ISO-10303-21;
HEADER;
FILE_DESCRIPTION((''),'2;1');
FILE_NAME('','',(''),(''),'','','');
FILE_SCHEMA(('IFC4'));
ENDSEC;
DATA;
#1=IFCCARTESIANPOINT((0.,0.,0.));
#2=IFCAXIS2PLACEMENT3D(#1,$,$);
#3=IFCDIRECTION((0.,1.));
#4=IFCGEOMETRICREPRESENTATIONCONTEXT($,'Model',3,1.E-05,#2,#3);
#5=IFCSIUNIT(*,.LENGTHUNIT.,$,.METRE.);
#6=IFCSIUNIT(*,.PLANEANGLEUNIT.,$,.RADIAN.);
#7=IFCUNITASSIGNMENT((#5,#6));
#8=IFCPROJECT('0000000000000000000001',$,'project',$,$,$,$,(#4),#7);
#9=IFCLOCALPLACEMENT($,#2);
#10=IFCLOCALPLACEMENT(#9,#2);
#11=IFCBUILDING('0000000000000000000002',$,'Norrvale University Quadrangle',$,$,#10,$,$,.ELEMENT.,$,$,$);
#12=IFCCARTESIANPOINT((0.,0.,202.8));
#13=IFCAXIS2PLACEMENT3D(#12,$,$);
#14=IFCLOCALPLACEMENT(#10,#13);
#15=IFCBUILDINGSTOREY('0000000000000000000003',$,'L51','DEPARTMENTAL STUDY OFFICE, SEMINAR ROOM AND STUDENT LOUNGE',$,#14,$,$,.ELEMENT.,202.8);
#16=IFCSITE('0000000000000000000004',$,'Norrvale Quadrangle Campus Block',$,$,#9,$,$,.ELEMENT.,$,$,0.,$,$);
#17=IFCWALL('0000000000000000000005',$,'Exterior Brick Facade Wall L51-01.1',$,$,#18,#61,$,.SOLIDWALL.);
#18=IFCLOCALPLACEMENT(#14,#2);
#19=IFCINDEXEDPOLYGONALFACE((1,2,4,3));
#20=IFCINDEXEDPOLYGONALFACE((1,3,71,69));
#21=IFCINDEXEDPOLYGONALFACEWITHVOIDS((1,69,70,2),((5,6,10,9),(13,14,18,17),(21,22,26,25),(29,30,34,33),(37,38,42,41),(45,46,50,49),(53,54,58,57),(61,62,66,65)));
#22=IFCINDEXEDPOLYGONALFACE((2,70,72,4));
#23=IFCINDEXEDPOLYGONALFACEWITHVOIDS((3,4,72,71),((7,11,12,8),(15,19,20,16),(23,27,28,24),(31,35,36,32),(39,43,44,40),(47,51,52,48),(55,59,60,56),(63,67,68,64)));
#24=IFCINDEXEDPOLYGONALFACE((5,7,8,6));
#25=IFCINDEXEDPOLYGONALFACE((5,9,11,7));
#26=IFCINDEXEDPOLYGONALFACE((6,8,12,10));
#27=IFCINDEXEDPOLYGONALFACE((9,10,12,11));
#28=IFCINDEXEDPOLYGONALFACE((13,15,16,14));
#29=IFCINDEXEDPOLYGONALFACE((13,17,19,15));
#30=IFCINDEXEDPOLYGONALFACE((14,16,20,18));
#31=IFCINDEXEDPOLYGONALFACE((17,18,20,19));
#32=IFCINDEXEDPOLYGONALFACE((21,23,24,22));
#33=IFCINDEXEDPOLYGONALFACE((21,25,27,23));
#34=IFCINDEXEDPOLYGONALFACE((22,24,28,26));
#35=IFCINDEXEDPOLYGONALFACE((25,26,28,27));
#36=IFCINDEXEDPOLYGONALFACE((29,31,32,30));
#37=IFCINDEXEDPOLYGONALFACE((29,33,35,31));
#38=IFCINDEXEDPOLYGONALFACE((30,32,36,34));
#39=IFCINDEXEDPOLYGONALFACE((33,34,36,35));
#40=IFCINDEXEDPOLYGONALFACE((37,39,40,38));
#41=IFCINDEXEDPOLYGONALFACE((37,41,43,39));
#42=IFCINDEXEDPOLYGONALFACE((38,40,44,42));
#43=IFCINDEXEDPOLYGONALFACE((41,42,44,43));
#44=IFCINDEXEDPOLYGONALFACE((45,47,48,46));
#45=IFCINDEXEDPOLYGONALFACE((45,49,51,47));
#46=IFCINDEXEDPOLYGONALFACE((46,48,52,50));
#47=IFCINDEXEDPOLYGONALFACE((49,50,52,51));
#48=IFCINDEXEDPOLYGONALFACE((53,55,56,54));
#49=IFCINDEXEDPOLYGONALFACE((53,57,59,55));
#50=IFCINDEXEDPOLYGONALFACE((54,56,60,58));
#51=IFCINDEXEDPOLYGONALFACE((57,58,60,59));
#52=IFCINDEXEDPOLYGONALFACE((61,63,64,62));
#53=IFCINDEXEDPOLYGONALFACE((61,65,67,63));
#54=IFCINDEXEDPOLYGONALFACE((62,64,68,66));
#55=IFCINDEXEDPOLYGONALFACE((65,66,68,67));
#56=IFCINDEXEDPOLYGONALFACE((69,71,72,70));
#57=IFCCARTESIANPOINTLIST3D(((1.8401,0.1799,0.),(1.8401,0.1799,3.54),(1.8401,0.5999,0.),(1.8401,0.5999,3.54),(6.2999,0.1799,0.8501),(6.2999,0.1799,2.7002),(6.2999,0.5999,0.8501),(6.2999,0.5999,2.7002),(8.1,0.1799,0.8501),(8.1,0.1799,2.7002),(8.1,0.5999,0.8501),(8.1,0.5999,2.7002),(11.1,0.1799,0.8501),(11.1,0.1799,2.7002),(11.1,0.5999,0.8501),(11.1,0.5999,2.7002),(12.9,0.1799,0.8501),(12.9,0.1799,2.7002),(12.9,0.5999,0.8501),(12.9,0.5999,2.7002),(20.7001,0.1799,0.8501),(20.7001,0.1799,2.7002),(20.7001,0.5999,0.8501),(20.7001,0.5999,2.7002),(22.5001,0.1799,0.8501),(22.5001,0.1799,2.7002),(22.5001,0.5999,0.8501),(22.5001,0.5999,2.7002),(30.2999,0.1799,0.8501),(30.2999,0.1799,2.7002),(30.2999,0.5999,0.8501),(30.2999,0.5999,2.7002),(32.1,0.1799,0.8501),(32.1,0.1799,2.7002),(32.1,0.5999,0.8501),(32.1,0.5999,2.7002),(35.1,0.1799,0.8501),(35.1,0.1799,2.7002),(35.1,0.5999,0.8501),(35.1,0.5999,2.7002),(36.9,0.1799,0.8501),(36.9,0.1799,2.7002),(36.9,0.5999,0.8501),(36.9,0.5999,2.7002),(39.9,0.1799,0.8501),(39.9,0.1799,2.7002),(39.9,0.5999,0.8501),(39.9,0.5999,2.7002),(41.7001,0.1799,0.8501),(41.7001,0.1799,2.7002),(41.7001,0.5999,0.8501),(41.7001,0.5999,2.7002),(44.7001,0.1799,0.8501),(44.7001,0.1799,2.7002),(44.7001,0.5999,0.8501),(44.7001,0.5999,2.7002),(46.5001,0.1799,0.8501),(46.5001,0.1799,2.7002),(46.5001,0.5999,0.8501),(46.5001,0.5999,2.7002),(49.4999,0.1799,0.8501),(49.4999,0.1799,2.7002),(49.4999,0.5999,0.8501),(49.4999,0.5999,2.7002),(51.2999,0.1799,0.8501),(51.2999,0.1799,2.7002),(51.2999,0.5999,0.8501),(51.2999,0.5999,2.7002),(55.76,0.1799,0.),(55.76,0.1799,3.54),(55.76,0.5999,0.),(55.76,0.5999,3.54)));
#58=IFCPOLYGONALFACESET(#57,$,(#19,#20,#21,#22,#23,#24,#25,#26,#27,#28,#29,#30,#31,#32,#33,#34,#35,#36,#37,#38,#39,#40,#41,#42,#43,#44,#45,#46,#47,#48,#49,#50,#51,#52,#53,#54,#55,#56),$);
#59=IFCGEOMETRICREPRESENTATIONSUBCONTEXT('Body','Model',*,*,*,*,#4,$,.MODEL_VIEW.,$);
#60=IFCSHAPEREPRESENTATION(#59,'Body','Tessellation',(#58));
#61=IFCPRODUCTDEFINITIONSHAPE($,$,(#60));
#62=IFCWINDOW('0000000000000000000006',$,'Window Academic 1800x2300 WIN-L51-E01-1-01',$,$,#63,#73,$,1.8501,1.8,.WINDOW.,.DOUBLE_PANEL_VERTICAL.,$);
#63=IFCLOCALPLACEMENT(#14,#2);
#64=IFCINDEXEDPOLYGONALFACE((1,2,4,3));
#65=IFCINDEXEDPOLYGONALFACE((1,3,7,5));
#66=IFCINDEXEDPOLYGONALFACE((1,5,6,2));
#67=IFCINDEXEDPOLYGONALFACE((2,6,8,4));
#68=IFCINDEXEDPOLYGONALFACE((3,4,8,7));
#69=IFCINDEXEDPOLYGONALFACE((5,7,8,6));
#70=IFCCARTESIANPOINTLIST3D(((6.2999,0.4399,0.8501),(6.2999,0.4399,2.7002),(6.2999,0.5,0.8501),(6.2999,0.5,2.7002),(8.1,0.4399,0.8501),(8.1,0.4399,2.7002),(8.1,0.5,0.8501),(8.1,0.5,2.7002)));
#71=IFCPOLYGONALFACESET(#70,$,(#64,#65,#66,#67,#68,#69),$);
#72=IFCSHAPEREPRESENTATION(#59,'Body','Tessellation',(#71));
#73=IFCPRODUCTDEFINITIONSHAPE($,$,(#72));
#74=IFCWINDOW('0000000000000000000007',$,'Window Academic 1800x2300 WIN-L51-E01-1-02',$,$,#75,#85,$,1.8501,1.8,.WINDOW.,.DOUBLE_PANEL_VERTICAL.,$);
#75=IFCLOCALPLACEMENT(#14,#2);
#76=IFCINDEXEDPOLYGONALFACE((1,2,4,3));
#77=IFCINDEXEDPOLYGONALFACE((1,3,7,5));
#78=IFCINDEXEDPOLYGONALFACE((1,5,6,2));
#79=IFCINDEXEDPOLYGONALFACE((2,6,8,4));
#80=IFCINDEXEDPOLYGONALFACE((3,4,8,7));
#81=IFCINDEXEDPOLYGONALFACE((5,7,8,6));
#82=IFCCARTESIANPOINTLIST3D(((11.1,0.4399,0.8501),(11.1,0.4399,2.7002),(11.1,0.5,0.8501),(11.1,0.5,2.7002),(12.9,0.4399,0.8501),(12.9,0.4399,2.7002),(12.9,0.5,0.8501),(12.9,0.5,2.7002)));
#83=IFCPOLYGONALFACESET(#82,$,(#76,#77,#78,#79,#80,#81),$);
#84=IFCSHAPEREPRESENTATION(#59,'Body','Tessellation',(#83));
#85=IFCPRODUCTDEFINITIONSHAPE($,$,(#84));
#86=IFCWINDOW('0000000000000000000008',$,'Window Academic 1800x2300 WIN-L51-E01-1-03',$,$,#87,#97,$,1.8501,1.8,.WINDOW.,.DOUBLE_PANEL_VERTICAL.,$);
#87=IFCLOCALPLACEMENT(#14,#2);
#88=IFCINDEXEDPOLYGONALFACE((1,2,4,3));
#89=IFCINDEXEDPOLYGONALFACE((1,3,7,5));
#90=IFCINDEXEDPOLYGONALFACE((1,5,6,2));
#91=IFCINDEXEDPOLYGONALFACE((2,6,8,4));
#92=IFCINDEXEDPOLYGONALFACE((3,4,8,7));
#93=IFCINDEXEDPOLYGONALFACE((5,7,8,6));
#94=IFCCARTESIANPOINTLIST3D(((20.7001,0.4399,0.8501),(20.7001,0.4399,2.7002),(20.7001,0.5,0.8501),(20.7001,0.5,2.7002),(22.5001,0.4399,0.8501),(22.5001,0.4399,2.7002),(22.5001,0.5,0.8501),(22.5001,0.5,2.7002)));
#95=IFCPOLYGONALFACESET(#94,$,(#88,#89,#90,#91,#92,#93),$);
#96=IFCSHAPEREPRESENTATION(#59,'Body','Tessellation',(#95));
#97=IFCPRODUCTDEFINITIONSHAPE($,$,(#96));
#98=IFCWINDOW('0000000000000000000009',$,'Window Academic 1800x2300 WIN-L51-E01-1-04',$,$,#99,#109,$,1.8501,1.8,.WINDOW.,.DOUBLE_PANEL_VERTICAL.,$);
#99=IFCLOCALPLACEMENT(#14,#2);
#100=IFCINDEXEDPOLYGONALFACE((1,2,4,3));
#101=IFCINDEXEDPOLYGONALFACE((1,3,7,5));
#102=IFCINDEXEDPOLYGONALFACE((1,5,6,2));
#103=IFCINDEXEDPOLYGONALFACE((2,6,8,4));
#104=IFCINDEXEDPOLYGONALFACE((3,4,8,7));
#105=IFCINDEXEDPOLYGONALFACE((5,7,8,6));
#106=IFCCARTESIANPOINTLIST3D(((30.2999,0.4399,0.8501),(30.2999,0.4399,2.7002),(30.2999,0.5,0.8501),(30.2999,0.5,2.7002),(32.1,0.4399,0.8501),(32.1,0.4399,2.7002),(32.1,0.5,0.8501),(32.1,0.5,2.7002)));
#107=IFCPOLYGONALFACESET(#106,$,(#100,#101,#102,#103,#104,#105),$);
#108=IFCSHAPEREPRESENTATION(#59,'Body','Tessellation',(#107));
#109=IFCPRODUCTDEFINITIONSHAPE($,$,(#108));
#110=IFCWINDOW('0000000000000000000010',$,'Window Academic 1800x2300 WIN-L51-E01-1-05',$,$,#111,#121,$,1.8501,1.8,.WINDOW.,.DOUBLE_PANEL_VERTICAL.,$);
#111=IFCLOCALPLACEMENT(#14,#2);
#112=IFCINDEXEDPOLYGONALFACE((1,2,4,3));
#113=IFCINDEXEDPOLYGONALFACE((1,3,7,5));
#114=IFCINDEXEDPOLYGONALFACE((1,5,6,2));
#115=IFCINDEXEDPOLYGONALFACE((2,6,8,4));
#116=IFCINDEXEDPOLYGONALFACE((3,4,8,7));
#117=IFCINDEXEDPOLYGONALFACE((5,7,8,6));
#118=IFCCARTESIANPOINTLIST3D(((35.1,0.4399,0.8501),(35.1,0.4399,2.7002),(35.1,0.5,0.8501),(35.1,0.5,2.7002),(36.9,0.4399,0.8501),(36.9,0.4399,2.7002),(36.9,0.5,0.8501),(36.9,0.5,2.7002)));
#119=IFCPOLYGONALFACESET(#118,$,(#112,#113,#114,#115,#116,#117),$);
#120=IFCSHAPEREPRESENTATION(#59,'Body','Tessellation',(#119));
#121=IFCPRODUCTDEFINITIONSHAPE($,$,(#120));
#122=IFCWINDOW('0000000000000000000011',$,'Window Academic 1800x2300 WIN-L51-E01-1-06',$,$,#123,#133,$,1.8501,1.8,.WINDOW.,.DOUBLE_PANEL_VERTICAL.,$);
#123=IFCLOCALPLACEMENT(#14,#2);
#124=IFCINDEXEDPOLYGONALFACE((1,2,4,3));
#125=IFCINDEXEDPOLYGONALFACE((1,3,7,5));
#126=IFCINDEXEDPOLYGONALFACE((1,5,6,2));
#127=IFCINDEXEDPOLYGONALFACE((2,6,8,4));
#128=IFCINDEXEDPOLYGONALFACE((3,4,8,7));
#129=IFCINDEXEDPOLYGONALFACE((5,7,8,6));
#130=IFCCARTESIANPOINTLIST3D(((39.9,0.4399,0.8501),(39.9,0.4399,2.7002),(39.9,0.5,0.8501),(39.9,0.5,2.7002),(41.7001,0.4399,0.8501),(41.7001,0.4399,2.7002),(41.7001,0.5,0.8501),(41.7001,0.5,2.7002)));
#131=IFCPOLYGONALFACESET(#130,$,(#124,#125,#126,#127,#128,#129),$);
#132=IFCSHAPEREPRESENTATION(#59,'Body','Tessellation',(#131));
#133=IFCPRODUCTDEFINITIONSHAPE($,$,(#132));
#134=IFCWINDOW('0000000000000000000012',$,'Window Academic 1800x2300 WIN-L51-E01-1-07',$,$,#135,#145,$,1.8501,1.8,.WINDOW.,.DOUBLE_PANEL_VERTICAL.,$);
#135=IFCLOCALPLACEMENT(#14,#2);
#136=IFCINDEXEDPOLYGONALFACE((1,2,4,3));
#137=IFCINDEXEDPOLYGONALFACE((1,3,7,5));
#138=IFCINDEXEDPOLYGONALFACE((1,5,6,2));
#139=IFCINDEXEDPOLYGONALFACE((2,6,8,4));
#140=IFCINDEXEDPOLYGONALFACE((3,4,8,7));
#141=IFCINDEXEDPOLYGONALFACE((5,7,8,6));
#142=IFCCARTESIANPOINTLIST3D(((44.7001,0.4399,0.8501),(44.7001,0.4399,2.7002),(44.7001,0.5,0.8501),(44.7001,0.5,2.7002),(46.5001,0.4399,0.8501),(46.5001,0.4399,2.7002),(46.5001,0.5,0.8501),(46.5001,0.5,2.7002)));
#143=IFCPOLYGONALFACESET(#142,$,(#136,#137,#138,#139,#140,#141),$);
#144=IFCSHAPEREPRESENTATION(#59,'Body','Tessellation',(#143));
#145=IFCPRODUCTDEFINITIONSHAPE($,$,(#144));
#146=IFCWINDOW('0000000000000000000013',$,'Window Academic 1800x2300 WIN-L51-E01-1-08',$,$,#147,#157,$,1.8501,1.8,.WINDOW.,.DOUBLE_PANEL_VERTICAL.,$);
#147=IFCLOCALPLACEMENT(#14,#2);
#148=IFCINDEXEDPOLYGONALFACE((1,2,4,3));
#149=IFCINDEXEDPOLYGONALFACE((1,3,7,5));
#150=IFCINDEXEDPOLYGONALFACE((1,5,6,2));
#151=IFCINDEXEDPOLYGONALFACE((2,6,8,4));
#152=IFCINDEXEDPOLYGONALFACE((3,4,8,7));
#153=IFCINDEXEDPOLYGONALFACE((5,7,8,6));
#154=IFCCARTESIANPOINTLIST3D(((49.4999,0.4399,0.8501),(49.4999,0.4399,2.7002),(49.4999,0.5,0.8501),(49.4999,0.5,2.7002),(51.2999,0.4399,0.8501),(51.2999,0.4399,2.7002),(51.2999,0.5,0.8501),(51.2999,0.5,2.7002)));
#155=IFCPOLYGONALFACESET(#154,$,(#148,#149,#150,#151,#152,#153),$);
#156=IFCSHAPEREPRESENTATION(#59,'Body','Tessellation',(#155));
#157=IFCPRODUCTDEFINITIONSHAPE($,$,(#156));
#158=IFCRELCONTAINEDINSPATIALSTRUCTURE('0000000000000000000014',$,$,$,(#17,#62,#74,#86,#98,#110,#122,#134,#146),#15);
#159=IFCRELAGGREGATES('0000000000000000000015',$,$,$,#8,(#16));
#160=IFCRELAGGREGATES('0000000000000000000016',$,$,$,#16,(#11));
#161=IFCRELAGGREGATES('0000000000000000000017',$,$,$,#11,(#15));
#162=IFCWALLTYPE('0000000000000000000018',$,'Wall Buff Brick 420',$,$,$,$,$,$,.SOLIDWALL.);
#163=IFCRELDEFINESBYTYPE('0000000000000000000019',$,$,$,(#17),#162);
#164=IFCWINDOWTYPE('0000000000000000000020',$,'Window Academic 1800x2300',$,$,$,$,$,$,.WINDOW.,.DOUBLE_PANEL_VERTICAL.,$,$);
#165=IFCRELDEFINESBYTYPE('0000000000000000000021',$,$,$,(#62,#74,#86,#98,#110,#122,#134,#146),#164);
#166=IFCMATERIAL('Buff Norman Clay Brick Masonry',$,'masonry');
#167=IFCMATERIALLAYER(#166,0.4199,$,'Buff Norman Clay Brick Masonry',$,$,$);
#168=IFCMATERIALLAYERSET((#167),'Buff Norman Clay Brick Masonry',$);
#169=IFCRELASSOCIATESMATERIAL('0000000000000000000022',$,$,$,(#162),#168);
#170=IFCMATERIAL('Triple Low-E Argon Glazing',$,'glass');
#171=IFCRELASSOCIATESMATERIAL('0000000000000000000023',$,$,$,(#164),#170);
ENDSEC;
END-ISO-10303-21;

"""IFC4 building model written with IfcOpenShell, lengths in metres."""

from ifc_helpers import new_model, si_unit, direction, frame, frame_2d, origin, place, context, subcontext, project, spatial, rectangle, extrude, material, layer, layer_set, type_object, element, fill, save


model = new_model("IFC4")

# Units and contexts
model_context = context("Model", 3, precision=1e-05, world=origin(), true_north=direction((0.0, 1.0)))
body_context = subcontext(model_context, "Body", "Model", "MODEL_VIEW")
ifc_project = project(units=[si_unit("LENGTHUNIT", "METRE"), si_unit("PLANEANGLEUNIT", "RADIAN")], contexts=[model_context])

# Site, building, storey
site_placement = place(None, origin())
site = spatial("IfcSite", under=ifc_project, at=site_placement, Name="Norrvale Quadrangle Campus Block", CompositionType="ELEMENT", RefElevation=0.0)
building_placement = place(site_placement, origin())
building = spatial("IfcBuilding", under=site, at=building_placement, Name="Norrvale University Quadrangle", CompositionType="ELEMENT")
storey_placement = place(building_placement, frame((0.0, 0.0, 202.8)))
storey = spatial("IfcBuildingStorey", under=building, at=storey_placement, Name="L51", Description="DEPARTMENTAL STUDY OFFICE, SEMINAR ROOM AND STUDENT LOUNGE", CompositionType="ELEMENT", Elevation=202.8)

# Wall, openings, windows
ifc_material_1 = material(Name="Buff Norman Clay Brick Masonry", Category="masonry")
ifc_layer_1 = layer(ifc_material_1, 0.4199, Name="Buff Norman Clay Brick Masonry")
ifc_layer_set_1 = layer_set([ifc_layer_1], Name="Buff Norman Clay Brick Masonry")
wall_type_1 = type_object("IfcWallType", Name="Wall Buff Brick 420", PredefinedType="SOLIDWALL", material=ifc_layer_set_1)
wall_1_placement = place(storey_placement, frame((1.8401, 0.3899, 0.0), z_axis=(0.0, 0.0, 1.0), x_axis=(1.0, 0.0, 0.0)))
wall_1 = element("IfcWall", 1, at=wall_1_placement, inside=storey, type_object=wall_type_1, Name="Exterior Brick Facade Wall L51-01.1", PredefinedType="SOLIDWALL", context=body_context, shape_type="SweptSolid", body=[
    extrude(rectangle(XDim=53.9199, YDim=0.4199, at=frame_2d((26.96, 0.0))), origin(), (0.0, 0.0, 1.0), 3.54),
])
opening_1_placement = place(wall_1_placement, frame((4.46, 0.0, 0.8501)))
opening_1 = element("IfcOpeningElement", 2, at=opening_1_placement, cuts=wall_1, PredefinedType="OPENING", context=body_context, shape_type="SweptSolid", body=[
    extrude(rectangle(XDim=1.8, YDim=1.8501, at=frame_2d((0.8999, 0.925))), frame((0.0, 0.2219, 0.0), z_axis=(0.0, -1.0, 0.0), x_axis=(1.0, 0.0, 0.0)), (0.0, 0.0, 1.0), 0.4438),
])
opening_2_placement = place(wall_1_placement, frame((9.26, 0.0, 0.8501)))
opening_2 = element("IfcOpeningElement", 3, at=opening_2_placement, cuts=wall_1, PredefinedType="OPENING", context=body_context, shape_type="SweptSolid", body=[
    extrude(rectangle(XDim=1.8, YDim=1.8501, at=frame_2d((0.8999, 0.925))), frame((0.0, 0.2219, 0.0), z_axis=(0.0, -1.0, 0.0), x_axis=(1.0, 0.0, 0.0)), (0.0, 0.0, 1.0), 0.4438),
])
opening_3_placement = place(wall_1_placement, frame((18.8601, 0.0, 0.8501)))
opening_3 = element("IfcOpeningElement", 4, at=opening_3_placement, cuts=wall_1, PredefinedType="OPENING", context=body_context, shape_type="SweptSolid", body=[
    extrude(rectangle(XDim=1.8, YDim=1.8501, at=frame_2d((0.8999, 0.925))), frame((0.0, 0.2219, 0.0), z_axis=(0.0, -1.0, 0.0), x_axis=(1.0, 0.0, 0.0)), (0.0, 0.0, 1.0), 0.4438),
])
opening_4_placement = place(wall_1_placement, frame((28.46, 0.0, 0.8501)))
opening_4 = element("IfcOpeningElement", 5, at=opening_4_placement, cuts=wall_1, PredefinedType="OPENING", context=body_context, shape_type="SweptSolid", body=[
    extrude(rectangle(XDim=1.8, YDim=1.8501, at=frame_2d((0.8999, 0.925))), frame((0.0, 0.2219, 0.0), z_axis=(0.0, -1.0, 0.0), x_axis=(1.0, 0.0, 0.0)), (0.0, 0.0, 1.0), 0.4438),
])
opening_5_placement = place(wall_1_placement, frame((33.26, 0.0, 0.8501)))
opening_5 = element("IfcOpeningElement", 6, at=opening_5_placement, cuts=wall_1, PredefinedType="OPENING", context=body_context, shape_type="SweptSolid", body=[
    extrude(rectangle(XDim=1.8, YDim=1.8501, at=frame_2d((0.8999, 0.925))), frame((0.0, 0.2219, 0.0), z_axis=(0.0, -1.0, 0.0), x_axis=(1.0, 0.0, 0.0)), (0.0, 0.0, 1.0), 0.4438),
])
opening_6_placement = place(wall_1_placement, frame((38.0601, 0.0, 0.8501)))
opening_6 = element("IfcOpeningElement", 7, at=opening_6_placement, cuts=wall_1, PredefinedType="OPENING", context=body_context, shape_type="SweptSolid", body=[
    extrude(rectangle(XDim=1.8, YDim=1.8501, at=frame_2d((0.8999, 0.925))), frame((0.0, 0.2219, 0.0), z_axis=(0.0, -1.0, 0.0), x_axis=(1.0, 0.0, 0.0)), (0.0, 0.0, 1.0), 0.4438),
])
opening_7_placement = place(wall_1_placement, frame((42.8601, 0.0, 0.8501)))
opening_7 = element("IfcOpeningElement", 8, at=opening_7_placement, cuts=wall_1, PredefinedType="OPENING", context=body_context, shape_type="SweptSolid", body=[
    extrude(rectangle(XDim=1.8, YDim=1.8501, at=frame_2d((0.8999, 0.925))), frame((0.0, 0.2219, 0.0), z_axis=(0.0, -1.0, 0.0), x_axis=(1.0, 0.0, 0.0)), (0.0, 0.0, 1.0), 0.4438),
])
opening_8_placement = place(wall_1_placement, frame((47.6599, 0.0, 0.8501)))
opening_8 = element("IfcOpeningElement", 9, at=opening_8_placement, cuts=wall_1, PredefinedType="OPENING", context=body_context, shape_type="SweptSolid", body=[
    extrude(rectangle(XDim=1.8, YDim=1.8501, at=frame_2d((0.8999, 0.925))), frame((0.0, 0.2219, 0.0), z_axis=(0.0, -1.0, 0.0), x_axis=(1.0, 0.0, 0.0)), (0.0, 0.0, 1.0), 0.4438),
])
ifc_material_2 = material(Name="Triple Low-E Argon Glazing", Category="glass")
window_type = type_object("IfcWindowType", Name="Window Academic 1800x2300", PartitioningType="DOUBLE_PANEL_VERTICAL", PredefinedType="WINDOW", material=ifc_material_2)
window_1_placement = place(opening_1_placement, origin())
window_1 = element("IfcWindow", 10, at=window_1_placement, inside=storey, type_object=window_type, Name="Window Academic 1800x2300 WIN-L51-E01-1-01", OverallHeight=1.8501, OverallWidth=1.8, PartitioningType="DOUBLE_PANEL_VERTICAL", PredefinedType="WINDOW", context=body_context, shape_type="SweptSolid", body=[
    extrude(rectangle(XDim=1.8, YDim=1.8501, at=frame_2d((0.8999, 0.925))), frame((0.0, 0.1101, 0.0), z_axis=(0.0, -1.0, 0.0), x_axis=(1.0, 0.0, 0.0)), (0.0, 0.0, 1.0), 0.0601),
])
fill(opening_1, window_1)
window_2_placement = place(opening_2_placement, origin())
window_2 = element("IfcWindow", 11, at=window_2_placement, inside=storey, type_object=window_type, Name="Window Academic 1800x2300 WIN-L51-E01-1-02", OverallHeight=1.8501, OverallWidth=1.8, PartitioningType="DOUBLE_PANEL_VERTICAL", PredefinedType="WINDOW", context=body_context, shape_type="SweptSolid", body=[
    extrude(rectangle(XDim=1.8, YDim=1.8501, at=frame_2d((0.8999, 0.925))), frame((0.0, 0.1101, 0.0), z_axis=(0.0, -1.0, 0.0), x_axis=(1.0, 0.0, 0.0)), (0.0, 0.0, 1.0), 0.0601),
])
fill(opening_2, window_2)
window_3_placement = place(opening_3_placement, origin())
window_3 = element("IfcWindow", 12, at=window_3_placement, inside=storey, type_object=window_type, Name="Window Academic 1800x2300 WIN-L51-E01-1-03", OverallHeight=1.8501, OverallWidth=1.8, PartitioningType="DOUBLE_PANEL_VERTICAL", PredefinedType="WINDOW", context=body_context, shape_type="SweptSolid", body=[
    extrude(rectangle(XDim=1.8, YDim=1.8501, at=frame_2d((0.8999, 0.925))), frame((0.0, 0.1101, 0.0), z_axis=(0.0, -1.0, 0.0), x_axis=(1.0, 0.0, 0.0)), (0.0, 0.0, 1.0), 0.0601),
])
fill(opening_3, window_3)
window_4_placement = place(opening_4_placement, origin())
window_4 = element("IfcWindow", 13, at=window_4_placement, inside=storey, type_object=window_type, Name="Window Academic 1800x2300 WIN-L51-E01-1-04", OverallHeight=1.8501, OverallWidth=1.8, PartitioningType="DOUBLE_PANEL_VERTICAL", PredefinedType="WINDOW", context=body_context, shape_type="SweptSolid", body=[
    extrude(rectangle(XDim=1.8, YDim=1.8501, at=frame_2d((0.8999, 0.925))), frame((0.0, 0.1101, 0.0), z_axis=(0.0, -1.0, 0.0), x_axis=(1.0, 0.0, 0.0)), (0.0, 0.0, 1.0), 0.0601),
])
fill(opening_4, window_4)
window_5_placement = place(opening_5_placement, origin())
window_5 = element("IfcWindow", 14, at=window_5_placement, inside=storey, type_object=window_type, Name="Window Academic 1800x2300 WIN-L51-E01-1-05", OverallHeight=1.8501, OverallWidth=1.8, PartitioningType="DOUBLE_PANEL_VERTICAL", PredefinedType="WINDOW", context=body_context, shape_type="SweptSolid", body=[
    extrude(rectangle(XDim=1.8, YDim=1.8501, at=frame_2d((0.8999, 0.925))), frame((0.0, 0.1101, 0.0), z_axis=(0.0, -1.0, 0.0), x_axis=(1.0, 0.0, 0.0)), (0.0, 0.0, 1.0), 0.0601),
])
fill(opening_5, window_5)
window_6_placement = place(opening_6_placement, origin())
window_6 = element("IfcWindow", 15, at=window_6_placement, inside=storey, type_object=window_type, Name="Window Academic 1800x2300 WIN-L51-E01-1-06", OverallHeight=1.8501, OverallWidth=1.8, PartitioningType="DOUBLE_PANEL_VERTICAL", PredefinedType="WINDOW", context=body_context, shape_type="SweptSolid", body=[
    extrude(rectangle(XDim=1.8, YDim=1.8501, at=frame_2d((0.8999, 0.925))), frame((0.0, 0.1101, 0.0), z_axis=(0.0, -1.0, 0.0), x_axis=(1.0, 0.0, 0.0)), (0.0, 0.0, 1.0), 0.0601),
])
fill(opening_6, window_6)
window_7_placement = place(opening_7_placement, origin())
window_7 = element("IfcWindow", 16, at=window_7_placement, inside=storey, type_object=window_type, Name="Window Academic 1800x2300 WIN-L51-E01-1-07", OverallHeight=1.8501, OverallWidth=1.8, PartitioningType="DOUBLE_PANEL_VERTICAL", PredefinedType="WINDOW", context=body_context, shape_type="SweptSolid", body=[
    extrude(rectangle(XDim=1.8, YDim=1.8501, at=frame_2d((0.8999, 0.925))), frame((0.0, 0.1101, 0.0), z_axis=(0.0, -1.0, 0.0), x_axis=(1.0, 0.0, 0.0)), (0.0, 0.0, 1.0), 0.0601),
])
fill(opening_7, window_7)
window_8_placement = place(opening_8_placement, origin())
window_8 = element("IfcWindow", 17, at=window_8_placement, inside=storey, type_object=window_type, Name="Window Academic 1800x2300 WIN-L51-E01-1-08", OverallHeight=1.8501, OverallWidth=1.8, PartitioningType="DOUBLE_PANEL_VERTICAL", PredefinedType="WINDOW", context=body_context, shape_type="SweptSolid", body=[
    extrude(rectangle(XDim=1.8, YDim=1.8501, at=frame_2d((0.8999, 0.925))), frame((0.0, 0.1101, 0.0), z_axis=(0.0, -1.0, 0.0), x_axis=(1.0, 0.0, 0.0)), (0.0, 0.0, 1.0), 0.0601),
])
fill(opening_8, window_8)

save(model, "model.ifc")
